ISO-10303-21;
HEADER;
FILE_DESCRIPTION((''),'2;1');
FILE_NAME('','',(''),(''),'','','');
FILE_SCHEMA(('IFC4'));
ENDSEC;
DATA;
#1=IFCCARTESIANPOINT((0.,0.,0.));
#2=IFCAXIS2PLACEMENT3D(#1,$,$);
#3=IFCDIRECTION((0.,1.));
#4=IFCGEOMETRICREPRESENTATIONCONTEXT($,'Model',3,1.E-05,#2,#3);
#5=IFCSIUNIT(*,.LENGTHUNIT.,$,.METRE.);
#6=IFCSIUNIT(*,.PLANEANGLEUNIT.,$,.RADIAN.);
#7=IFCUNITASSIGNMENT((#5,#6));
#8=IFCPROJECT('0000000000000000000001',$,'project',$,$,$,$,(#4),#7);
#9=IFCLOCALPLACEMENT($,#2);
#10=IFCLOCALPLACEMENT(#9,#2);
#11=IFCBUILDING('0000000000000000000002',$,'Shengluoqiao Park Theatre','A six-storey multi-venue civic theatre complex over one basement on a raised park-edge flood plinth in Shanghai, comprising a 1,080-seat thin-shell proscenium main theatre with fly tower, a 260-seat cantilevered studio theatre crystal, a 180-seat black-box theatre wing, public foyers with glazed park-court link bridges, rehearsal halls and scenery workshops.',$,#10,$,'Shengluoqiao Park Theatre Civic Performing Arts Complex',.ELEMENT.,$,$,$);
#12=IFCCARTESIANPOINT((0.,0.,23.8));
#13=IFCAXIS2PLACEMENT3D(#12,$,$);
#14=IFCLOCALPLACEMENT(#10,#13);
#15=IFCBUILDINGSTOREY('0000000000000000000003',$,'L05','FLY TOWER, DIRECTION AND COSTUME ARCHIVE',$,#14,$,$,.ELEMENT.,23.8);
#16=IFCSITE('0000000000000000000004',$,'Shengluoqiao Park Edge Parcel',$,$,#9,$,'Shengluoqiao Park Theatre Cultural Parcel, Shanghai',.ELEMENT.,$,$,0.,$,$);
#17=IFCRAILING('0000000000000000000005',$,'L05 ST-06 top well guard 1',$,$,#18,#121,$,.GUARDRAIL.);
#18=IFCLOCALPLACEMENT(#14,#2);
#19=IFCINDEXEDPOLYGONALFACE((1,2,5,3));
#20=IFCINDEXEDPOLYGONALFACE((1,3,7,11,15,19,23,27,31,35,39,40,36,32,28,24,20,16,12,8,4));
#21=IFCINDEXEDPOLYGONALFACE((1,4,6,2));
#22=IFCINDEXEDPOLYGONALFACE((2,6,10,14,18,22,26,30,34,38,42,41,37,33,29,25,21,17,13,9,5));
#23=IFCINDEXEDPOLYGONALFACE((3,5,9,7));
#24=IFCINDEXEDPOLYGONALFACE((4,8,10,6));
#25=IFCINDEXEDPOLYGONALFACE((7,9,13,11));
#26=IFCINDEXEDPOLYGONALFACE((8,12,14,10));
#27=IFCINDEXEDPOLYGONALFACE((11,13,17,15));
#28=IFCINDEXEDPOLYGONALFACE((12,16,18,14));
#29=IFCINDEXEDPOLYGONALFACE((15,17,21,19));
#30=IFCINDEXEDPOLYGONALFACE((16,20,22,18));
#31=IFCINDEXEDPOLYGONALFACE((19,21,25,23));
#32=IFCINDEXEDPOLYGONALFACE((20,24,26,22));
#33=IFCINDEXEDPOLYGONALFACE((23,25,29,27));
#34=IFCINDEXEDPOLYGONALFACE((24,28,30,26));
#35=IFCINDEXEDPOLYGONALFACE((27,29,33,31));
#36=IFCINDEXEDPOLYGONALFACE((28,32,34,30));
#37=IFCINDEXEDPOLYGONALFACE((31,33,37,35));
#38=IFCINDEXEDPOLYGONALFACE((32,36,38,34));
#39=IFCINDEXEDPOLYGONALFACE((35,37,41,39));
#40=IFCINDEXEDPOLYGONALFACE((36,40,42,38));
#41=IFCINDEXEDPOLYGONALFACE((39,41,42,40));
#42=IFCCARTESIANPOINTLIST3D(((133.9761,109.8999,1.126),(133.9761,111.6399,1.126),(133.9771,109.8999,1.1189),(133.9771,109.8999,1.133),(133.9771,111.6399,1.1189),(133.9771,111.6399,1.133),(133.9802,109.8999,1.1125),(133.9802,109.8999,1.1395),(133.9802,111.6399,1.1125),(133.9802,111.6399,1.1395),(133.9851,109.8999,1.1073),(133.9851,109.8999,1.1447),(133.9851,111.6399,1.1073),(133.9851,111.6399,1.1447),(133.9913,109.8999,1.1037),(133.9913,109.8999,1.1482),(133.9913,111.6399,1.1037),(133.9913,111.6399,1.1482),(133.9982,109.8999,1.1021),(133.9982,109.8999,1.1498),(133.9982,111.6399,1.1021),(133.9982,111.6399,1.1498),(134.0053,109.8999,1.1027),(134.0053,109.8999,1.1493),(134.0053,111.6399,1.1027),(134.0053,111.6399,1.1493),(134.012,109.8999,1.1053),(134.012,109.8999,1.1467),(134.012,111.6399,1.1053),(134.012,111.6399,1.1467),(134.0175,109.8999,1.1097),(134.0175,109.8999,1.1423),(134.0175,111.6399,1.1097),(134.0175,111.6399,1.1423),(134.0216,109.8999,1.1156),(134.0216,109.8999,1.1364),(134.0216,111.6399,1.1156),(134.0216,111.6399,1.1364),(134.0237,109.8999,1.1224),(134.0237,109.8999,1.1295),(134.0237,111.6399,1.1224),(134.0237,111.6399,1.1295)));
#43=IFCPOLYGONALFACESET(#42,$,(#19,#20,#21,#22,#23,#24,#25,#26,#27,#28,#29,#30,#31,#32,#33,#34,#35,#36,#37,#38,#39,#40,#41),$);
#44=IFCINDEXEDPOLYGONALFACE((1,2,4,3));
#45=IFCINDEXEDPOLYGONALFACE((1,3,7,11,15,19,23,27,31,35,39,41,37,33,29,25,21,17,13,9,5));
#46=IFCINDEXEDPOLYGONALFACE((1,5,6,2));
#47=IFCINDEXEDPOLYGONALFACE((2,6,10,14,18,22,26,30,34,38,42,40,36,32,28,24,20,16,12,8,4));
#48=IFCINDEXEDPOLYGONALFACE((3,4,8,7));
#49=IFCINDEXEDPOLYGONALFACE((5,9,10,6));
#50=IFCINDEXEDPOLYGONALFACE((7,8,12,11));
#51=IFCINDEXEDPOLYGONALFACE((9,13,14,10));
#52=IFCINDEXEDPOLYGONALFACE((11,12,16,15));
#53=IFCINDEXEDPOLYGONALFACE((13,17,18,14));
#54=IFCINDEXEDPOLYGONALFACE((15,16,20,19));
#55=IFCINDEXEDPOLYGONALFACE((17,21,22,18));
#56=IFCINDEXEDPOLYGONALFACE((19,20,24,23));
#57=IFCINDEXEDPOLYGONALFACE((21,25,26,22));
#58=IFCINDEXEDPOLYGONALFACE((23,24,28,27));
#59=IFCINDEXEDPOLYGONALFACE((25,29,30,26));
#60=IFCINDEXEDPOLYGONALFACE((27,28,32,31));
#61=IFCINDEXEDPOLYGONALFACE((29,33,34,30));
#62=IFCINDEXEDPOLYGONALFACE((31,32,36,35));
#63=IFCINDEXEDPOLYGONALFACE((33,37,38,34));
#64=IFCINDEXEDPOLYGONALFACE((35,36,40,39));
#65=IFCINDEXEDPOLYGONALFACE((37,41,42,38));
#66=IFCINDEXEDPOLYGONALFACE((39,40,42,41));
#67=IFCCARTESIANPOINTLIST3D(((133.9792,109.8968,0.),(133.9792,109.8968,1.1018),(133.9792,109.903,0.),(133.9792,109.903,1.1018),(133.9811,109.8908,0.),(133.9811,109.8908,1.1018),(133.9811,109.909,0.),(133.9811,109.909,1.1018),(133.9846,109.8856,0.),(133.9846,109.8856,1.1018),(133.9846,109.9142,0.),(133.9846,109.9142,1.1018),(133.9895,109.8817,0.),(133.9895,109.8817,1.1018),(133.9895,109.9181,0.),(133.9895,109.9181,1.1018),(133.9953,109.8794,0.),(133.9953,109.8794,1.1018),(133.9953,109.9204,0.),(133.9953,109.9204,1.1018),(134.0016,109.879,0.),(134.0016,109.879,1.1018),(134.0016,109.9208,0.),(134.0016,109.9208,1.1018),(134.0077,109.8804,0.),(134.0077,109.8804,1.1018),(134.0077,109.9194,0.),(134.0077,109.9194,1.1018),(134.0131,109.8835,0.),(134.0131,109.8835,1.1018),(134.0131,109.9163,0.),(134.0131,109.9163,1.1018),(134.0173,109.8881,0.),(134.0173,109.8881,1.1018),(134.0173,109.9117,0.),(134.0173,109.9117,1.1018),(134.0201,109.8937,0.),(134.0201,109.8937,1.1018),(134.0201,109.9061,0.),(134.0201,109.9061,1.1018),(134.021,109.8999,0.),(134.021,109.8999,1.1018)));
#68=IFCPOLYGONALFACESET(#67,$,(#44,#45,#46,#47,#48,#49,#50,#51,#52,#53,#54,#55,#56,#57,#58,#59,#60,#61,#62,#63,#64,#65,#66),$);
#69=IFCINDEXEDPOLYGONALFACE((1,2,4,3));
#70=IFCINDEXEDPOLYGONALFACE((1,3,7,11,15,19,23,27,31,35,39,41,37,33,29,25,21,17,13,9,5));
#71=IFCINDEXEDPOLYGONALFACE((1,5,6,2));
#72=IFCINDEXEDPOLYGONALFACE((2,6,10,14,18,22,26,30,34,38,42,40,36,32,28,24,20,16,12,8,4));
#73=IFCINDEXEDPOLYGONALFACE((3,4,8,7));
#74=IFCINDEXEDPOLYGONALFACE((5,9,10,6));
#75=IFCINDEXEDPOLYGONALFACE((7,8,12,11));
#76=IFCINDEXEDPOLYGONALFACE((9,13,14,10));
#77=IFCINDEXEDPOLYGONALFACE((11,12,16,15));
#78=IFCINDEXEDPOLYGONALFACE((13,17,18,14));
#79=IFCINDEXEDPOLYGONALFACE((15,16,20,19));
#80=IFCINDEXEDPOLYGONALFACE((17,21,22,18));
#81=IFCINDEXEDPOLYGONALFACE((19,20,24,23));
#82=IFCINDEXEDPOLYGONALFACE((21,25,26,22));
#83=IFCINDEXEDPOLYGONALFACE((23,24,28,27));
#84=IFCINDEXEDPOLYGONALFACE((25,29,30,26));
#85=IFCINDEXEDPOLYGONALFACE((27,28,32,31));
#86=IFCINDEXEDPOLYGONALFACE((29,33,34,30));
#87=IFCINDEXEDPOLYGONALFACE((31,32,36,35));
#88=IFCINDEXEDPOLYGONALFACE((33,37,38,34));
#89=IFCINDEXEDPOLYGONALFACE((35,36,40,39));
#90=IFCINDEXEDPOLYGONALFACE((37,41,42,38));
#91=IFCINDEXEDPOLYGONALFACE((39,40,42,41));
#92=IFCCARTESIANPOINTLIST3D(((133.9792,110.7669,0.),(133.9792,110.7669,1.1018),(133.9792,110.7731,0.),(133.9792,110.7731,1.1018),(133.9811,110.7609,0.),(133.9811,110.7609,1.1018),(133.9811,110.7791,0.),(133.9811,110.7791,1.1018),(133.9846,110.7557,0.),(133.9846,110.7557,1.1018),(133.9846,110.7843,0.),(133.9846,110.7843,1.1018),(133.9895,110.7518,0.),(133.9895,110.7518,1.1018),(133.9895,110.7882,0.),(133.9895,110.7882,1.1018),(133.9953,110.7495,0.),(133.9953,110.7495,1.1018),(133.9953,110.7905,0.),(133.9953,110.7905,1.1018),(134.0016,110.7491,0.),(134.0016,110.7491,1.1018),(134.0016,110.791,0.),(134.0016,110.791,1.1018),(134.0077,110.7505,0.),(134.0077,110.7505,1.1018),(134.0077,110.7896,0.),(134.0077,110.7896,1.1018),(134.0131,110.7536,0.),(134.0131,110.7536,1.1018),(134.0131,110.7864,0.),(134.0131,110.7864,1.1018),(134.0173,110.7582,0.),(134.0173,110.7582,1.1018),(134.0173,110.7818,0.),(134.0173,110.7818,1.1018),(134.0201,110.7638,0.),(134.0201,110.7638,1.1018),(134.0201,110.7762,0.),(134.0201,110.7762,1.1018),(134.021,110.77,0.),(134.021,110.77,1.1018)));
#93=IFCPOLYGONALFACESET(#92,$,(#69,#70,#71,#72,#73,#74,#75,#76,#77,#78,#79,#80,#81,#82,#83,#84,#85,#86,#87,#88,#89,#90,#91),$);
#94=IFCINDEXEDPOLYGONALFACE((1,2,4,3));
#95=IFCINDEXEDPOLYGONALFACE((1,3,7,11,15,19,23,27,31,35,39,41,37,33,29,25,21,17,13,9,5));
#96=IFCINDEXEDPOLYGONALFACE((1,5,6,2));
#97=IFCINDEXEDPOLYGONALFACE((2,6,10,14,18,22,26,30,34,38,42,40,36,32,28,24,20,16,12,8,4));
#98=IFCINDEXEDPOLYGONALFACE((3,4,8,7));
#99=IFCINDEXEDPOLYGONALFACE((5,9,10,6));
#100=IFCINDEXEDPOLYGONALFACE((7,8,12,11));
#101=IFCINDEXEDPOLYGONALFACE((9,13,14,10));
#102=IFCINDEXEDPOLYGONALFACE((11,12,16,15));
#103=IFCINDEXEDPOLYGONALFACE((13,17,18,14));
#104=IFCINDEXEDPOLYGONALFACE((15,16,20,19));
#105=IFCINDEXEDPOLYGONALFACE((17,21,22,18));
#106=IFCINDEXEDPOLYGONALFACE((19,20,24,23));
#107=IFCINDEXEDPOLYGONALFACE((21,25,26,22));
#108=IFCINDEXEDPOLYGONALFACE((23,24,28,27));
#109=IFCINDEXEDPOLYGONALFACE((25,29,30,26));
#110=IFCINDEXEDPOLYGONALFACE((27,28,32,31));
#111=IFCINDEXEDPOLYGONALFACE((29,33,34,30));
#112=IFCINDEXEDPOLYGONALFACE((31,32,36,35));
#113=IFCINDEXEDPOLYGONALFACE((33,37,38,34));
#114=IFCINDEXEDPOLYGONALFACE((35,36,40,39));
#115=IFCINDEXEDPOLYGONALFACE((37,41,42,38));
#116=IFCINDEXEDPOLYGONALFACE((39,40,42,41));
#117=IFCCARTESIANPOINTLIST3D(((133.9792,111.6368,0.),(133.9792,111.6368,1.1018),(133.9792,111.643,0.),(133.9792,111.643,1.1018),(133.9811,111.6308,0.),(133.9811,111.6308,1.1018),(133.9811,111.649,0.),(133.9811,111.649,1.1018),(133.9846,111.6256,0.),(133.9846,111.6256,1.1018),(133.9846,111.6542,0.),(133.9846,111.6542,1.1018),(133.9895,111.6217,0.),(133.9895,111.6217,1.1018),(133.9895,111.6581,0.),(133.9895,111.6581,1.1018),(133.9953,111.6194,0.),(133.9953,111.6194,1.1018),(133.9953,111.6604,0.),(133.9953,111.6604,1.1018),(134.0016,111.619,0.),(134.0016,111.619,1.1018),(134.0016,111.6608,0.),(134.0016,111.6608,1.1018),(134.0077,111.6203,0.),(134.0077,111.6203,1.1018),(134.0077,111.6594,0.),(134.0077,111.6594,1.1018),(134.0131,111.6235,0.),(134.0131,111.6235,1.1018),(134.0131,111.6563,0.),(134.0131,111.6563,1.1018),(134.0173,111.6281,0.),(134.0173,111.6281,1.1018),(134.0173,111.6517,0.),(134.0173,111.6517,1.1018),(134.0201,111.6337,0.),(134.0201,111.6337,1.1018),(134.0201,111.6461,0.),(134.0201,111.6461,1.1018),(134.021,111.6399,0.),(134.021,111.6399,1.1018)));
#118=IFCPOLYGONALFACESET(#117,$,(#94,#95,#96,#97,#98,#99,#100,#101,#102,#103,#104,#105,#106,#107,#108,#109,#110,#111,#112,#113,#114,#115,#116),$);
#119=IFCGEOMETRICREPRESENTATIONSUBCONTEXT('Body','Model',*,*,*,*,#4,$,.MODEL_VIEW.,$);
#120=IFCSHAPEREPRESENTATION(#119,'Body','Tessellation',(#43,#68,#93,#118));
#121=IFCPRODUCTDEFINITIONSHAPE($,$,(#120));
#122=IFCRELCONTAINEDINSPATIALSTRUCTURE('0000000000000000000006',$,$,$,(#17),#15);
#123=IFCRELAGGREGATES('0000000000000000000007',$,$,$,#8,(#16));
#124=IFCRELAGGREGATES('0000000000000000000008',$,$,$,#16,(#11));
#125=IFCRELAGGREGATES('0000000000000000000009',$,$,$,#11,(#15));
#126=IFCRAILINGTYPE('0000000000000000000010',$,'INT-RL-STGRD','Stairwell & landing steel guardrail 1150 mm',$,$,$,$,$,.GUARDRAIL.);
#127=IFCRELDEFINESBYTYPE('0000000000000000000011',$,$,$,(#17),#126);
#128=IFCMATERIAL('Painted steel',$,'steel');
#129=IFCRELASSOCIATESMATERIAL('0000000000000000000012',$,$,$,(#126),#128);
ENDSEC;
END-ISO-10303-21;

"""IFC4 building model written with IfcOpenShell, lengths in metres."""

from ifc_helpers import new_model, si_unit, direction, frame, origin, origin_2d, place, context, subcontext, project, spatial, circle, extrude, material, type_object, element, save


model = new_model("IFC4")

# Units and contexts
model_context = context("Model", 3, precision=1e-05, world=origin(), true_north=direction((0.0, 1.0)))
body_context = subcontext(model_context, "Body", "Model", "MODEL_VIEW")
ifc_project = project(units=[si_unit("LENGTHUNIT", "METRE"), si_unit("PLANEANGLEUNIT", "RADIAN")], contexts=[model_context])

# Site, building, storey
site_placement = place(None, origin())
site = spatial("IfcSite", under=ifc_project, at=site_placement, Name="Shengluoqiao Park Edge Parcel", LongName="Shengluoqiao Park Theatre Cultural Parcel, Shanghai", CompositionType="ELEMENT", RefElevation=0.0)
building_placement = place(site_placement, origin())
building = spatial("IfcBuilding", under=site, at=building_placement, Name="Shengluoqiao Park Theatre", Description="A six-storey multi-venue civic theatre complex over one basement on a raised park-edge flood plinth in Shanghai, comprising a 1,080-seat thin-shell proscenium main theatre with fly tower, a 260-seat cantilevered studio theatre crystal, a 180-seat black-box theatre wing, public foyers with glazed park-court link bridges, rehearsal halls and scenery workshops.", LongName="Shengluoqiao Park Theatre Civic Performing Arts Complex", CompositionType="ELEMENT")
storey_placement = place(building_placement, frame((0.0, 0.0, 23.8)))
storey = spatial("IfcBuildingStorey", under=building, at=storey_placement, Name="L05", Description="FLY TOWER, DIRECTION AND COSTUME ARCHIVE", CompositionType="ELEMENT", Elevation=23.8)

# Railing
ifc_material_1 = material(Name="Painted steel", Category="steel")
railing_type = type_object("IfcRailingType", Name="INT-RL-STGRD", Description="Stairwell & landing steel guardrail 1150 mm", PredefinedType="GUARDRAIL", material=ifc_material_1)
railing_placement = place(storey_placement, frame((134.0, 109.8999, 0.0)))
element("IfcRailing", 1, at=railing_placement, inside=storey, type_object=railing_type, Name="L05 ST-06 top well guard 1", PredefinedType="GUARDRAIL", context=body_context, shape_type="SweptSolid", body=[
    extrude(circle(Radius=0.0239, at=origin_2d()), frame((0.0, 0.0, 1.126), z_axis=(0.0, 1.0, 0.0), x_axis=(-1.0, 0.0, 0.0)), (0.0, 0.0, 1.0), 1.74),
    extrude(circle(Radius=0.021, at=origin_2d()), origin(), (0.0, 0.0, 1.0), 1.1018),
    extrude(circle(Radius=0.021, at=origin_2d()), frame((0.0, 0.8701, 0.0)), (0.0, 0.0, 1.0), 1.1018),
    extrude(circle(Radius=0.021, at=origin_2d()), frame((0.0, 1.74, 0.0)), (0.0, 0.0, 1.0), 1.1018),
])

save(model, "model.ifc")
